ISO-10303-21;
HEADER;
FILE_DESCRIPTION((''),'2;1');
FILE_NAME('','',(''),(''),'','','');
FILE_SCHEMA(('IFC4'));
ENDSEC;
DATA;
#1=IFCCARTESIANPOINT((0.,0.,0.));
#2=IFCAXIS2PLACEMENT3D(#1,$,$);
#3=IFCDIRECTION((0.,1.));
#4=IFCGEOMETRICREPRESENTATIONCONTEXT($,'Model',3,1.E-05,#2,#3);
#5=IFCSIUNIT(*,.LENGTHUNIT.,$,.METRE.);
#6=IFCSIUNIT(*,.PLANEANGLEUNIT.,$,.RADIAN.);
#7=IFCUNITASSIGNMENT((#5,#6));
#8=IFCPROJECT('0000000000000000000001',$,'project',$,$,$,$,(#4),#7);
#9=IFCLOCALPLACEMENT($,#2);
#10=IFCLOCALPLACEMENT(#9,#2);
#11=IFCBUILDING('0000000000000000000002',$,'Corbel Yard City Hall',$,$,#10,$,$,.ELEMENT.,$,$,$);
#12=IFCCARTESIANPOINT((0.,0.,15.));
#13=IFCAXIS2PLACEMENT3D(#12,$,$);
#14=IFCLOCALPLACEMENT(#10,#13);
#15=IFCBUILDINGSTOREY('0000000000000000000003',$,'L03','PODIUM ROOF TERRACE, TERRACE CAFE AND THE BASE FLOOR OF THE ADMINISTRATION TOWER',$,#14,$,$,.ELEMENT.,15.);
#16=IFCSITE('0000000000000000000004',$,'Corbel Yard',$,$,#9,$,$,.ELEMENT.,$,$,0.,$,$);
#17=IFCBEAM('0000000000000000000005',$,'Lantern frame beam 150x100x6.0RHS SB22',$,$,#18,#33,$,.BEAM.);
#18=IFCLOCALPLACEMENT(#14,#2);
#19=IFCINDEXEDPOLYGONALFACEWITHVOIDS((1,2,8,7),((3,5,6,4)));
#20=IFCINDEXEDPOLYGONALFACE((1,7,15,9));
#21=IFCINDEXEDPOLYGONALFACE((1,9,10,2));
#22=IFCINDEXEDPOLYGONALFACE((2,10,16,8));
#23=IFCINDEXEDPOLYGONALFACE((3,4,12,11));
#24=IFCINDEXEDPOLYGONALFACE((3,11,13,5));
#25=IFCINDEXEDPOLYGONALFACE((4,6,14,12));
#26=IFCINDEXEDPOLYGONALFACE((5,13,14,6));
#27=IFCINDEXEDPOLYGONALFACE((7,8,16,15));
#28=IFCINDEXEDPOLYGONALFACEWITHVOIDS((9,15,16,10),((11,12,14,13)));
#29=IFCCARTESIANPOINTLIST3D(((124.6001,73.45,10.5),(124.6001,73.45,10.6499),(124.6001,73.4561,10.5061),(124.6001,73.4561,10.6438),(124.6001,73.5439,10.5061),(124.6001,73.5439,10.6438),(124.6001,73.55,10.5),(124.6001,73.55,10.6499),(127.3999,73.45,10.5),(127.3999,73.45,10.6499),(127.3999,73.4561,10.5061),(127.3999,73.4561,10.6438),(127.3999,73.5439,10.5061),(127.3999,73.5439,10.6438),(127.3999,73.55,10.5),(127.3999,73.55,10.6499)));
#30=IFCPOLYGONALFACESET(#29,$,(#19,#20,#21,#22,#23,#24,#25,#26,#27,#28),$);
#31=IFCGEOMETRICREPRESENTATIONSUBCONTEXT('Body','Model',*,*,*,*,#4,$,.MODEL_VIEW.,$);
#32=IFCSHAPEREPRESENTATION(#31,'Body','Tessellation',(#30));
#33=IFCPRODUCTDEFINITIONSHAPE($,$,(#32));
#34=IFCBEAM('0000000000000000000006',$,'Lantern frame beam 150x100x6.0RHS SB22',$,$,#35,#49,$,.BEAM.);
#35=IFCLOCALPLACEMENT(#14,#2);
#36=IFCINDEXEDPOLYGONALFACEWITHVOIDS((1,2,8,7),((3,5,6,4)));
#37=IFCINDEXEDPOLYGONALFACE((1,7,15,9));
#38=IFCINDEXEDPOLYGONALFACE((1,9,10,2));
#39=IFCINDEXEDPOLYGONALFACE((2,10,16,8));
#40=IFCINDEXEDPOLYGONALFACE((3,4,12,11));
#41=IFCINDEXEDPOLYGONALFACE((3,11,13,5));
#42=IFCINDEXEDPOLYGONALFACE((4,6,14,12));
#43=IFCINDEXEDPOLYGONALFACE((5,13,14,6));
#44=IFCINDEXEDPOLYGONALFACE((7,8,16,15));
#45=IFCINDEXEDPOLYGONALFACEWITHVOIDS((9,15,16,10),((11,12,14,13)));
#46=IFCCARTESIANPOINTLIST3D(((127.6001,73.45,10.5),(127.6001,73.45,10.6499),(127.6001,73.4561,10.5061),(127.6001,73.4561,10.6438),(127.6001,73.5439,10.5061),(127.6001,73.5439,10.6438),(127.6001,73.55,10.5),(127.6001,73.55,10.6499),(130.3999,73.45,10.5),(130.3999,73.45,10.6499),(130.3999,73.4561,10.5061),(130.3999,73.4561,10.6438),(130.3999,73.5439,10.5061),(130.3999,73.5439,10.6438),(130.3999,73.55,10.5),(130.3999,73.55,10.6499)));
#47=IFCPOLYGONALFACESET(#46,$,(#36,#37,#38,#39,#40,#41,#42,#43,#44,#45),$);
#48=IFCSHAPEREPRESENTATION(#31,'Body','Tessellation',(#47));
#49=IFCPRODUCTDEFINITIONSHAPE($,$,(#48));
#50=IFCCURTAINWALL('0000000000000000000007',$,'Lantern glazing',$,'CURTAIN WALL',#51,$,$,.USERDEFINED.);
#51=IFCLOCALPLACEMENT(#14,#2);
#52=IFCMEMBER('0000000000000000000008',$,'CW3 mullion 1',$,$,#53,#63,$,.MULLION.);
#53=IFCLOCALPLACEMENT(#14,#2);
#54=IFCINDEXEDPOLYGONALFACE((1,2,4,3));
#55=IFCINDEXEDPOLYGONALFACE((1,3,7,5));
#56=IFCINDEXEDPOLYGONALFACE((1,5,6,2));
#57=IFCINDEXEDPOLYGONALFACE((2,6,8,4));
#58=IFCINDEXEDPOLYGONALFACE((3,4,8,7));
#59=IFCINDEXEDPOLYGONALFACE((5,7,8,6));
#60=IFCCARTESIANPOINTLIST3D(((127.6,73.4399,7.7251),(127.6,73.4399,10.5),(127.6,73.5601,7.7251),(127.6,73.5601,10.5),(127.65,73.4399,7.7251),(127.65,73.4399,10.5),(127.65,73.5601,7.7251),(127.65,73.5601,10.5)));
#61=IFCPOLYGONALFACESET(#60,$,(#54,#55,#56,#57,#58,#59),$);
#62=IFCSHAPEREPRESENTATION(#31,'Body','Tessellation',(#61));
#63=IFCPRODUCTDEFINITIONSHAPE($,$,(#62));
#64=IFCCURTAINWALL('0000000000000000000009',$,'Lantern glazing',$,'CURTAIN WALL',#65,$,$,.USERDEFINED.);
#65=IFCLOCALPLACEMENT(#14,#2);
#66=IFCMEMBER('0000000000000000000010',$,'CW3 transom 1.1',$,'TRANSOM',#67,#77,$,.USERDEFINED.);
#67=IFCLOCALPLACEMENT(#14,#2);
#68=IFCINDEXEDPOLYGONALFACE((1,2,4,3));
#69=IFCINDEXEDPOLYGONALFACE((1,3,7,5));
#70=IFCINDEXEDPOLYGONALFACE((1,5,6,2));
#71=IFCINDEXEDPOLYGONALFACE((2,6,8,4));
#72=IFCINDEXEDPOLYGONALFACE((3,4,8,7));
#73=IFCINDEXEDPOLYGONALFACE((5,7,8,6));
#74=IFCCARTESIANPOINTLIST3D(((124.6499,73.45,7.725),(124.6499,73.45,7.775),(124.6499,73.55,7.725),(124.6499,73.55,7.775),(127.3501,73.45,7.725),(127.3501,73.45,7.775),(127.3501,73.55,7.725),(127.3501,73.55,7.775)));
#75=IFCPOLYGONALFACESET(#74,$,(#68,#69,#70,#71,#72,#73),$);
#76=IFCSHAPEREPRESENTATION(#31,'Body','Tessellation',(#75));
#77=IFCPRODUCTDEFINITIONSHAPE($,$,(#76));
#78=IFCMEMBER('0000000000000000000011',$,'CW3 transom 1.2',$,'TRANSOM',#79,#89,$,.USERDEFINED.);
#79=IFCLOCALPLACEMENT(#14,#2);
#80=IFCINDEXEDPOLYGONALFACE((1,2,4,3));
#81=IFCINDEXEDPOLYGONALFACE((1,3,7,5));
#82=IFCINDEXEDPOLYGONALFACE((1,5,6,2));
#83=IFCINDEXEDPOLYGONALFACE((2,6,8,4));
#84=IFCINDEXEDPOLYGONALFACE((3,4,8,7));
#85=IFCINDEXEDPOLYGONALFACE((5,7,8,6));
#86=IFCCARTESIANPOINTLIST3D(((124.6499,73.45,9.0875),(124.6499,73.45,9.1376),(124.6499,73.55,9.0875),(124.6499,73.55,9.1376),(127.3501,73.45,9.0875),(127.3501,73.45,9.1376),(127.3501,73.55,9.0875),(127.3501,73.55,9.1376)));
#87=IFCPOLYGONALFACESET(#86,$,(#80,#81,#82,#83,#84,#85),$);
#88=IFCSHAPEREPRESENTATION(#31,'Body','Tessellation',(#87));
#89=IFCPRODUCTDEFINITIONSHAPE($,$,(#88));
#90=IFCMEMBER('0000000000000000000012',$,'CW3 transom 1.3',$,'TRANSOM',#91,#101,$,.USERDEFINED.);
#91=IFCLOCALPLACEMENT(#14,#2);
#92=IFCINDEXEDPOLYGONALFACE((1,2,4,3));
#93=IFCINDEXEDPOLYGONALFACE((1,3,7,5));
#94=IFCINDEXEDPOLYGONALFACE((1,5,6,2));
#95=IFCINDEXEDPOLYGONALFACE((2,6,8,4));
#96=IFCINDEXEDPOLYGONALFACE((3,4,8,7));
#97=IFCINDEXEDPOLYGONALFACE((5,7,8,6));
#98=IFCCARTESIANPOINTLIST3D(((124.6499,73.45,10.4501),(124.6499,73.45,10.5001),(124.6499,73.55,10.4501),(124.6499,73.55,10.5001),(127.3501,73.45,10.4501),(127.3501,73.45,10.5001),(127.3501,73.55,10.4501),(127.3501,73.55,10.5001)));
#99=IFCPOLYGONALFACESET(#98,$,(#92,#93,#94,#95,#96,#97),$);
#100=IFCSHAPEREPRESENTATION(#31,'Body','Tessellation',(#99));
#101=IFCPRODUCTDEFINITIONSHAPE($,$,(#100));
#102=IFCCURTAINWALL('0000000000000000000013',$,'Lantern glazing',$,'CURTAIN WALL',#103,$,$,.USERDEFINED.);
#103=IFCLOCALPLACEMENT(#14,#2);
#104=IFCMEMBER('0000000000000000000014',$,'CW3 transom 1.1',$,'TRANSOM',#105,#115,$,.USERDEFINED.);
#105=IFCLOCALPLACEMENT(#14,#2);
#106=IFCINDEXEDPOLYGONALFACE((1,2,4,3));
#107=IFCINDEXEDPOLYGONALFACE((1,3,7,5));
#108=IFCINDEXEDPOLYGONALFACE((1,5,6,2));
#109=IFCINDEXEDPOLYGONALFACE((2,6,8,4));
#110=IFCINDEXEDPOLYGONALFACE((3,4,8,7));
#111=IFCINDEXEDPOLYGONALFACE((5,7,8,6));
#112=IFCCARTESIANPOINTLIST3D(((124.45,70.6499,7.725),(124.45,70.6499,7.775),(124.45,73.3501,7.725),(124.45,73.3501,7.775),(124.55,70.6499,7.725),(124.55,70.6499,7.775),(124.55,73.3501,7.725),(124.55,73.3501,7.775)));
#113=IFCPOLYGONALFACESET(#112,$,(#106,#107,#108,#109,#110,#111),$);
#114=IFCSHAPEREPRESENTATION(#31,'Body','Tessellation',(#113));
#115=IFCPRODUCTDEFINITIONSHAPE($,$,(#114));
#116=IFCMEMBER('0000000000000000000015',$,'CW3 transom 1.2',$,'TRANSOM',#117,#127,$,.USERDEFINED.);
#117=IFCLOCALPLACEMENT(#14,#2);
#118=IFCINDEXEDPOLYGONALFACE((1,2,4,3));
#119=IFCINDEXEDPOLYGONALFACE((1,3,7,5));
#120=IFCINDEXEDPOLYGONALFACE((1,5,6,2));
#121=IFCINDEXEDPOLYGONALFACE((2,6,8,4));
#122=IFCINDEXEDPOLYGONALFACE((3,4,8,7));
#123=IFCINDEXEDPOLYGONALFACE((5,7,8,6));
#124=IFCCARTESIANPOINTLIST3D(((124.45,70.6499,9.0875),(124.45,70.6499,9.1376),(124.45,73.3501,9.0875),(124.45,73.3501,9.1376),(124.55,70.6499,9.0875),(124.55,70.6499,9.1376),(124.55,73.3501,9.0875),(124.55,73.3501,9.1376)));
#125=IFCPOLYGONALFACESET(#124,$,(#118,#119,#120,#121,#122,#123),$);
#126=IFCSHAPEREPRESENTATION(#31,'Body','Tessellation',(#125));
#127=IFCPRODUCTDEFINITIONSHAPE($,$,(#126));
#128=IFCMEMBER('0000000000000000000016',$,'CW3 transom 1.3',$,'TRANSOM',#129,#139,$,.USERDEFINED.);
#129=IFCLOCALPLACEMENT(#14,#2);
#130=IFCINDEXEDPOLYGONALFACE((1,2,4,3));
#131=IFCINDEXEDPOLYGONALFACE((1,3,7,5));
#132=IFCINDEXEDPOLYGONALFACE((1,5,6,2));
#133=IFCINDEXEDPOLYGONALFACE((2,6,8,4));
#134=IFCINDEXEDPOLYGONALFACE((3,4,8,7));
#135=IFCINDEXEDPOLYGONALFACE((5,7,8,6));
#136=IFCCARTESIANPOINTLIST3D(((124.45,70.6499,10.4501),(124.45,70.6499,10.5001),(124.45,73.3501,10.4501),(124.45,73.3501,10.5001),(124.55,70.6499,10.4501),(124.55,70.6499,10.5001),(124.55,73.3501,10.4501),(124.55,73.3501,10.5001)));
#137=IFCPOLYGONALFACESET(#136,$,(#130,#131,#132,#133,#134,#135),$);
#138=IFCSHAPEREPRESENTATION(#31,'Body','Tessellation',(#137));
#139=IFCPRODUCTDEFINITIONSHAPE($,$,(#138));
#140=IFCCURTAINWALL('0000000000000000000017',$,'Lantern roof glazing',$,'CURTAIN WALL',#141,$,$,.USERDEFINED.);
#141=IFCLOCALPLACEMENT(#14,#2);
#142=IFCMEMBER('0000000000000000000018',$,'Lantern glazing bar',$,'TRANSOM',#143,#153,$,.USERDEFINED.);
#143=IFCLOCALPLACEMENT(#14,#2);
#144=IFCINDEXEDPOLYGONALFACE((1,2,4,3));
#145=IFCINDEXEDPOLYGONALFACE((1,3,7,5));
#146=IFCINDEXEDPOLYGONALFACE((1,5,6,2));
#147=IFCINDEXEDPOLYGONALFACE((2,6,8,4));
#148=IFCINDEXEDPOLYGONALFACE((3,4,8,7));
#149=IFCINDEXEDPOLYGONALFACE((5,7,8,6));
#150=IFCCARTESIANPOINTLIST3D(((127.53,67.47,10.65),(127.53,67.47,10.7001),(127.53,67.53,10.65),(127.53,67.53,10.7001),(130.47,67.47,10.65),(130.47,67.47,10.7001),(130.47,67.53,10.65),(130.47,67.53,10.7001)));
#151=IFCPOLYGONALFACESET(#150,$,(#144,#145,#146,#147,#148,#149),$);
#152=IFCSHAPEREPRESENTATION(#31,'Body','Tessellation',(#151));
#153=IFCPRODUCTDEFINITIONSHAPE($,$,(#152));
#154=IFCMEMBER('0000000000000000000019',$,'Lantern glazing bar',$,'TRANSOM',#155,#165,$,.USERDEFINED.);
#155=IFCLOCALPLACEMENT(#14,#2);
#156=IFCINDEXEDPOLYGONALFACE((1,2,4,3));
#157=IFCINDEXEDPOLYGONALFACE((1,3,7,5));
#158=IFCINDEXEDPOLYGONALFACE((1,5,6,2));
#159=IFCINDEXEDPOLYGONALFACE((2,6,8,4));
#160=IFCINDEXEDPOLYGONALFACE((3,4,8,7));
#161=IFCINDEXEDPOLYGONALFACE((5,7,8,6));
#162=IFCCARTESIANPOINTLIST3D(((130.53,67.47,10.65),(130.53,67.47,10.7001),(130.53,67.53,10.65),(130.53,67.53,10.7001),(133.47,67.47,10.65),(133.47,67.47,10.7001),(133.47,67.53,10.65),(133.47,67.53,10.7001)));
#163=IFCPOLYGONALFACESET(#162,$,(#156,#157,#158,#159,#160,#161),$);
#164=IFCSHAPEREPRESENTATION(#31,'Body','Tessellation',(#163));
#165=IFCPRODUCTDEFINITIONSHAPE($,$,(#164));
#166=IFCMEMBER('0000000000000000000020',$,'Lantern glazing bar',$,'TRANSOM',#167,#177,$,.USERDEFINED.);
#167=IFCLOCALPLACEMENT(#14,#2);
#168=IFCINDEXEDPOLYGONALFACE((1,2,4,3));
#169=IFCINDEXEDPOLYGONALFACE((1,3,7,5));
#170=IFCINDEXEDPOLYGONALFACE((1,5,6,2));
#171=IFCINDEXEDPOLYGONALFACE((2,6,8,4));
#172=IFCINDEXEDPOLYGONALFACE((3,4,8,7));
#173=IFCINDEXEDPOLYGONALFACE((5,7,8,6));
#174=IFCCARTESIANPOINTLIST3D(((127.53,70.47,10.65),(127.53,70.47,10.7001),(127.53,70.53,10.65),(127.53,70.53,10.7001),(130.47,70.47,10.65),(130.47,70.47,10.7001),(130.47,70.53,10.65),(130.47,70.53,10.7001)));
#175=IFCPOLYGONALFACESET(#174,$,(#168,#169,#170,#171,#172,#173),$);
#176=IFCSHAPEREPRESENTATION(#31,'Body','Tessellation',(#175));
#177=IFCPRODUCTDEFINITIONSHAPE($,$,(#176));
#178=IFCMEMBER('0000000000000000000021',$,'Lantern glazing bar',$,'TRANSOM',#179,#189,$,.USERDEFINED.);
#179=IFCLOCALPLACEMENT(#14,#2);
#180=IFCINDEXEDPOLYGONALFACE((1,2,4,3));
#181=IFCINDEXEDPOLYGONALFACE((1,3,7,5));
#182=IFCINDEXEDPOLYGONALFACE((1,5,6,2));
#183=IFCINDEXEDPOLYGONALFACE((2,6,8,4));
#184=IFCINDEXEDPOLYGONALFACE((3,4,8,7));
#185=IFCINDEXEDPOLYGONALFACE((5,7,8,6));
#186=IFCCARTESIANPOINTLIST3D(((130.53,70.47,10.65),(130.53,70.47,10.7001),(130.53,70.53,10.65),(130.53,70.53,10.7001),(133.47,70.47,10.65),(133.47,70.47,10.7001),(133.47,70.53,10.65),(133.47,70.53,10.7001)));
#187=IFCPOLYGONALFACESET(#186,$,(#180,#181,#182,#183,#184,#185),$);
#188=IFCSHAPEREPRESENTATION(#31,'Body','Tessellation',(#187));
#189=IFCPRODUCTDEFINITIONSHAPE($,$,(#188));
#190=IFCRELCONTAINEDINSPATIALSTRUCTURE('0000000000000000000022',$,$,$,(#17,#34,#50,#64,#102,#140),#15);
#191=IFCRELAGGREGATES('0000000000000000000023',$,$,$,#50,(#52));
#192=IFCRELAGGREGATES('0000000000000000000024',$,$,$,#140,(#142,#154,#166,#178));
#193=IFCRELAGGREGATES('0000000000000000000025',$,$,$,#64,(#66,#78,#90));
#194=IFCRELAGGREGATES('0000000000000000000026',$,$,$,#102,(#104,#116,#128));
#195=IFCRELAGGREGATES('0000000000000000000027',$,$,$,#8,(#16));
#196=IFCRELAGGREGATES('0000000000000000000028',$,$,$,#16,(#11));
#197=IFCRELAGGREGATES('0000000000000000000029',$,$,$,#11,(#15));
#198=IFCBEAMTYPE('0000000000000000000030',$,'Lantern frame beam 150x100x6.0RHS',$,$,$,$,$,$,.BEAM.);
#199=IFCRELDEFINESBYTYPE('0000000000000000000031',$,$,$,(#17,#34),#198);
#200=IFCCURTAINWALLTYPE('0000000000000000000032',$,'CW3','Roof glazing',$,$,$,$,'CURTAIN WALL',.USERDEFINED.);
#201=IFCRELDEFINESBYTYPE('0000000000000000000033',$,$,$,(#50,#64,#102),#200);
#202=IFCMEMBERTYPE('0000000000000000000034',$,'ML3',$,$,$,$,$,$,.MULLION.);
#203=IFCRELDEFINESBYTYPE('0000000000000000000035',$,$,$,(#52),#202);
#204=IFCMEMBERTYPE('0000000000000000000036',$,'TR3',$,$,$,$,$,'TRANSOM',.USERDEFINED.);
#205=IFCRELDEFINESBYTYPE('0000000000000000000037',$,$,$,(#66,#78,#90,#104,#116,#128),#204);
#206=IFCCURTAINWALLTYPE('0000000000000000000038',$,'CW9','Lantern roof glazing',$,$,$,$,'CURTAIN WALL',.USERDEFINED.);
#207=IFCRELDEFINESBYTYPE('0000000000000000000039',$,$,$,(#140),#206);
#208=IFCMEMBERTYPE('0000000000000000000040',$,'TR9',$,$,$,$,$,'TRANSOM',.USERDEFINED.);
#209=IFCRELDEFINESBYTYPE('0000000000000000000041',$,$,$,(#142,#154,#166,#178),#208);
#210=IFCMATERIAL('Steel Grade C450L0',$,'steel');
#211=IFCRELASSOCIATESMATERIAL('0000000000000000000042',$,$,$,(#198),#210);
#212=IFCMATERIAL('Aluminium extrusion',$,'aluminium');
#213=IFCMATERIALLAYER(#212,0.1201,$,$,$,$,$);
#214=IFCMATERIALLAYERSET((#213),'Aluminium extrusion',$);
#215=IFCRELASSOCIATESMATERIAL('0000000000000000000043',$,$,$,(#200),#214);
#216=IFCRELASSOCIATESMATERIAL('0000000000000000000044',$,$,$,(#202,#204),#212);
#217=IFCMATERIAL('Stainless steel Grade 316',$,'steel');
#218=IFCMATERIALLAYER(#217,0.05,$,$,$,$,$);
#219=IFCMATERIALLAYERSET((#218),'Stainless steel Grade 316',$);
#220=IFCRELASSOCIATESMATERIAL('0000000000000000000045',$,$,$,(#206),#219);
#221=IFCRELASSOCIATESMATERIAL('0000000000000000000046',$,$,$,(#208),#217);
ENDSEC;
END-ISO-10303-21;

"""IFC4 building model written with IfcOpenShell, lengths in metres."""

from ifc_helpers import new_model, si_unit, direction, frame, origin, origin_2d, place, context, subcontext, project, spatial, rectangle, hollow_rectangle, extrude, material, layer, layer_set, material_profile, profile_set, type_object, element, aggregate, save


model = new_model("IFC4")

# Units and contexts
model_context = context("Model", 3, precision=1e-05, world=origin(), true_north=direction((0.0, 1.0)))
body_context = subcontext(model_context, "Body", "Model", "MODEL_VIEW")
ifc_project = project(units=[si_unit("LENGTHUNIT", "METRE"), si_unit("PLANEANGLEUNIT", "RADIAN")], contexts=[model_context])

# Site, building, storey
site_placement = place(None, origin())
site = spatial("IfcSite", under=ifc_project, at=site_placement, Name="Corbel Yard", CompositionType="ELEMENT", RefElevation=0.0)
building_placement = place(site_placement, origin())
building = spatial("IfcBuilding", under=site, at=building_placement, Name="Corbel Yard City Hall", CompositionType="ELEMENT")
storey_placement = place(building_placement, frame((0.0, 0.0, 15.0)))
storey = spatial("IfcBuildingStorey", under=building, at=storey_placement, Name="L03", Description="PODIUM ROOF TERRACE, TERRACE CAFE AND THE BASE FLOOR OF THE ADMINISTRATION TOWER", CompositionType="ELEMENT", Elevation=15.0)

# Beams
ifc_material_1 = material(Name="Steel Grade C450L0", Category="steel")
ifc_material_profile_1 = material_profile(ifc_material_1, hollow_rectangle(XDim=0.1001, YDim=0.1499, WallThickness=0.0061, at=origin_2d()), Name="150x100x6.0RHS")
ifc_profile_set_1 = profile_set([ifc_material_profile_1], Name="Steel Grade C450L0")
beam_type = type_object("IfcBeamType", Name="Lantern frame beam 150x100x6.0RHS", PredefinedType="BEAM", material=ifc_profile_set_1)
for number, where, z_axis, x_axis, name in (
    (1, (124.6001, 73.5, 10.575), (1.0, 0.0, 0.0), (0.0, 1.0, 0.0), "Lantern frame beam 150x100x6.0RHS SB22"),
    (2, (127.6001, 73.5, 10.575), (1.0, 0.0, 0.0), (0.0, 1.0, 0.0), "Lantern frame beam 150x100x6.0RHS SB22"),
):
    element("IfcBeam", number, at=place(storey_placement, frame(where, z_axis=z_axis, x_axis=x_axis)), inside=storey, type_object=beam_type, Name=name, PredefinedType="BEAM", context=body_context, shape_type="SweptSolid", body=[
        extrude(hollow_rectangle(XDim=0.1001, YDim=0.1499, WallThickness=0.0061, at=origin_2d()), origin(), (0.0, 0.0, 1.0), 2.7998),
    ])

# Curtain wall, member
ifc_material_2 = material(Name="Aluminium extrusion", Category="aluminium")
ifc_layer_1 = layer(ifc_material_2, 0.1201)
ifc_layer_set_1 = layer_set([ifc_layer_1], Name="Aluminium extrusion")
curtain_wall_type_1 = type_object("IfcCurtainWallType", Name="CW3", Description="Roof glazing", ElementType="CURTAIN WALL", PredefinedType="USERDEFINED", material=ifc_layer_set_1)
curtain_wall_1_placement = place(storey_placement, origin())
curtain_wall_1 = element("IfcCurtainWall", 3, at=curtain_wall_1_placement, inside=storey, type_object=curtain_wall_type_1, Name="Lantern glazing", ObjectType="CURTAIN WALL", PredefinedType="USERDEFINED")
ifc_material_profile_2 = material_profile(ifc_material_2, rectangle(XDim=0.1201, YDim=0.05, at=origin_2d()), Name="120x50")
ifc_profile_set_2 = profile_set([ifc_material_profile_2], Name="Aluminium extrusion")
member_type_1 = type_object("IfcMemberType", Name="ML3", PredefinedType="MULLION", material=ifc_profile_set_2)
member_1_placement = place(storey_placement, frame((127.625, 73.5, 7.7251), z_axis=(0.0, 0.0, 1.0), x_axis=(0.0, 1.0, 0.0)))
member_1 = element("IfcMember", 4, at=member_1_placement, type_object=member_type_1, Name="CW3 mullion 1", PredefinedType="MULLION", context=body_context, shape_type="SweptSolid", body=[
    extrude(rectangle(XDim=0.1201, YDim=0.05, at=origin_2d()), origin(), (0.0, 0.0, 1.0), 2.7749),
])
aggregate(curtain_wall_1, [member_1])

# Curtain walls, members
curtain_wall_2_placement = place(storey_placement, origin())
curtain_wall_2 = element("IfcCurtainWall", 5, at=curtain_wall_2_placement, inside=storey, type_object=curtain_wall_type_1, Name="Lantern glazing", ObjectType="CURTAIN WALL", PredefinedType="USERDEFINED")
ifc_material_profile_3 = material_profile(ifc_material_2, rectangle(XDim=0.1001, YDim=0.05, at=origin_2d()), Name="100x50")
ifc_profile_set_3 = profile_set([ifc_material_profile_3], Name="Aluminium extrusion")
member_type_2 = type_object("IfcMemberType", Name="TR3", ElementType="TRANSOM", PredefinedType="USERDEFINED", material=ifc_profile_set_3)
member_2_placement = place(storey_placement, frame((124.6499, 73.5, 7.75), z_axis=(1.0, 0.0, 0.0), x_axis=(0.0, 1.0, 0.0)))
member_2 = element("IfcMember", 6, at=member_2_placement, type_object=member_type_2, Name="CW3 transom 1.1", ObjectType="TRANSOM", PredefinedType="USERDEFINED", context=body_context, shape_type="SweptSolid", body=[
    extrude(rectangle(XDim=0.1001, YDim=0.05, at=origin_2d()), origin(), (0.0, 0.0, 1.0), 2.7002),
])
member_3_placement = place(storey_placement, frame((124.6499, 73.5, 9.1125), z_axis=(1.0, 0.0, 0.0), x_axis=(0.0, 1.0, 0.0)))
member_3 = element("IfcMember", 7, at=member_3_placement, type_object=member_type_2, Name="CW3 transom 1.2", ObjectType="TRANSOM", PredefinedType="USERDEFINED", context=body_context, shape_type="SweptSolid", body=[
    extrude(rectangle(XDim=0.1001, YDim=0.05, at=origin_2d()), origin(), (0.0, 0.0, 1.0), 2.7002),
])
member_4_placement = place(storey_placement, frame((124.6499, 73.5, 10.4751), z_axis=(1.0, 0.0, 0.0), x_axis=(0.0, 1.0, 0.0)))
member_4 = element("IfcMember", 8, at=member_4_placement, type_object=member_type_2, Name="CW3 transom 1.3", ObjectType="TRANSOM", PredefinedType="USERDEFINED", context=body_context, shape_type="SweptSolid", body=[
    extrude(rectangle(XDim=0.1001, YDim=0.05, at=origin_2d()), origin(), (0.0, 0.0, 1.0), 2.7002),
])
curtain_wall_3_placement = place(storey_placement, origin())
curtain_wall_3 = element("IfcCurtainWall", 9, at=curtain_wall_3_placement, inside=storey, type_object=curtain_wall_type_1, Name="Lantern glazing", ObjectType="CURTAIN WALL", PredefinedType="USERDEFINED")
member_5_placement = place(storey_placement, frame((124.5, 70.6499, 7.75), z_axis=(0.0, 1.0, 0.0), x_axis=(-1.0, 0.0, 0.0)))
member_5 = element("IfcMember", 10, at=member_5_placement, type_object=member_type_2, Name="CW3 transom 1.1", ObjectType="TRANSOM", PredefinedType="USERDEFINED", context=body_context, shape_type="SweptSolid", body=[
    extrude(rectangle(XDim=0.1001, YDim=0.05, at=origin_2d()), origin(), (0.0, 0.0, 1.0), 2.7002),
])
member_6_placement = place(storey_placement, frame((124.5, 70.6499, 9.1125), z_axis=(0.0, 1.0, 0.0), x_axis=(-1.0, 0.0, 0.0)))
member_6 = element("IfcMember", 11, at=member_6_placement, type_object=member_type_2, Name="CW3 transom 1.2", ObjectType="TRANSOM", PredefinedType="USERDEFINED", context=body_context, shape_type="SweptSolid", body=[
    extrude(rectangle(XDim=0.1001, YDim=0.05, at=origin_2d()), origin(), (0.0, 0.0, 1.0), 2.7002),
])
member_7_placement = place(storey_placement, frame((124.5, 70.6499, 10.4751), z_axis=(0.0, 1.0, 0.0), x_axis=(-1.0, 0.0, 0.0)))
member_7 = element("IfcMember", 12, at=member_7_placement, type_object=member_type_2, Name="CW3 transom 1.3", ObjectType="TRANSOM", PredefinedType="USERDEFINED", context=body_context, shape_type="SweptSolid", body=[
    extrude(rectangle(XDim=0.1001, YDim=0.05, at=origin_2d()), origin(), (0.0, 0.0, 1.0), 2.7002),
])

# Curtain wall, members
ifc_material_3 = material(Name="Stainless steel Grade 316", Category="steel")
ifc_layer_2 = layer(ifc_material_3, 0.05)
ifc_layer_set_2 = layer_set([ifc_layer_2], Name="Stainless steel Grade 316")
curtain_wall_type_2 = type_object("IfcCurtainWallType", Name="CW9", Description="Lantern roof glazing", ElementType="CURTAIN WALL", PredefinedType="USERDEFINED", material=ifc_layer_set_2)
curtain_wall_4_placement = place(storey_placement, origin())
curtain_wall_4 = element("IfcCurtainWall", 13, at=curtain_wall_4_placement, inside=storey, type_object=curtain_wall_type_2, Name="Lantern roof glazing", ObjectType="CURTAIN WALL", PredefinedType="USERDEFINED")
ifc_material_profile_4 = material_profile(ifc_material_3, rectangle(XDim=0.0601, YDim=0.05, at=origin_2d()), Name="60x50")
ifc_profile_set_4 = profile_set([ifc_material_profile_4], Name="Stainless steel Grade 316")
member_type_3 = type_object("IfcMemberType", Name="TR9", ElementType="TRANSOM", PredefinedType="USERDEFINED", material=ifc_profile_set_4)
member_8_placement = place(storey_placement, frame((127.53, 67.5, 10.675), z_axis=(1.0, 0.0, 0.0), x_axis=(0.0, 1.0, 0.0)))
member_8 = element("IfcMember", 14, at=member_8_placement, type_object=member_type_3, Name="Lantern glazing bar", ObjectType="TRANSOM", PredefinedType="USERDEFINED", context=body_context, shape_type="SweptSolid", body=[
    extrude(rectangle(XDim=0.0601, YDim=0.05, at=origin_2d()), origin(), (0.0, 0.0, 1.0), 2.9399),
])
member_9_placement = place(storey_placement, frame((130.53, 67.5, 10.675), z_axis=(1.0, 0.0, 0.0), x_axis=(0.0, 1.0, 0.0)))
member_9 = element("IfcMember", 15, at=member_9_placement, type_object=member_type_3, Name="Lantern glazing bar", ObjectType="TRANSOM", PredefinedType="USERDEFINED", context=body_context, shape_type="SweptSolid", body=[
    extrude(rectangle(XDim=0.0601, YDim=0.05, at=origin_2d()), origin(), (0.0, 0.0, 1.0), 2.9399),
])
member_10_placement = place(storey_placement, frame((127.53, 70.5, 10.675), z_axis=(1.0, 0.0, 0.0), x_axis=(0.0, 1.0, 0.0)))
member_10 = element("IfcMember", 16, at=member_10_placement, type_object=member_type_3, Name="Lantern glazing bar", ObjectType="TRANSOM", PredefinedType="USERDEFINED", context=body_context, shape_type="SweptSolid", body=[
    extrude(rectangle(XDim=0.0601, YDim=0.05, at=origin_2d()), origin(), (0.0, 0.0, 1.0), 2.9399),
])
member_11_placement = place(storey_placement, frame((130.53, 70.5, 10.675), z_axis=(1.0, 0.0, 0.0), x_axis=(0.0, 1.0, 0.0)))
member_11 = element("IfcMember", 17, at=member_11_placement, type_object=member_type_3, Name="Lantern glazing bar", ObjectType="TRANSOM", PredefinedType="USERDEFINED", context=body_context, shape_type="SweptSolid", body=[
    extrude(rectangle(XDim=0.0601, YDim=0.05, at=origin_2d()), origin(), (0.0, 0.0, 1.0), 2.9399),
])
aggregate(curtain_wall_4, [member_8, member_9, member_10, member_11])

aggregate(curtain_wall_2, [member_2, member_3, member_4])
aggregate(curtain_wall_3, [member_5, member_6, member_7])

save(model, "model.ifc")
